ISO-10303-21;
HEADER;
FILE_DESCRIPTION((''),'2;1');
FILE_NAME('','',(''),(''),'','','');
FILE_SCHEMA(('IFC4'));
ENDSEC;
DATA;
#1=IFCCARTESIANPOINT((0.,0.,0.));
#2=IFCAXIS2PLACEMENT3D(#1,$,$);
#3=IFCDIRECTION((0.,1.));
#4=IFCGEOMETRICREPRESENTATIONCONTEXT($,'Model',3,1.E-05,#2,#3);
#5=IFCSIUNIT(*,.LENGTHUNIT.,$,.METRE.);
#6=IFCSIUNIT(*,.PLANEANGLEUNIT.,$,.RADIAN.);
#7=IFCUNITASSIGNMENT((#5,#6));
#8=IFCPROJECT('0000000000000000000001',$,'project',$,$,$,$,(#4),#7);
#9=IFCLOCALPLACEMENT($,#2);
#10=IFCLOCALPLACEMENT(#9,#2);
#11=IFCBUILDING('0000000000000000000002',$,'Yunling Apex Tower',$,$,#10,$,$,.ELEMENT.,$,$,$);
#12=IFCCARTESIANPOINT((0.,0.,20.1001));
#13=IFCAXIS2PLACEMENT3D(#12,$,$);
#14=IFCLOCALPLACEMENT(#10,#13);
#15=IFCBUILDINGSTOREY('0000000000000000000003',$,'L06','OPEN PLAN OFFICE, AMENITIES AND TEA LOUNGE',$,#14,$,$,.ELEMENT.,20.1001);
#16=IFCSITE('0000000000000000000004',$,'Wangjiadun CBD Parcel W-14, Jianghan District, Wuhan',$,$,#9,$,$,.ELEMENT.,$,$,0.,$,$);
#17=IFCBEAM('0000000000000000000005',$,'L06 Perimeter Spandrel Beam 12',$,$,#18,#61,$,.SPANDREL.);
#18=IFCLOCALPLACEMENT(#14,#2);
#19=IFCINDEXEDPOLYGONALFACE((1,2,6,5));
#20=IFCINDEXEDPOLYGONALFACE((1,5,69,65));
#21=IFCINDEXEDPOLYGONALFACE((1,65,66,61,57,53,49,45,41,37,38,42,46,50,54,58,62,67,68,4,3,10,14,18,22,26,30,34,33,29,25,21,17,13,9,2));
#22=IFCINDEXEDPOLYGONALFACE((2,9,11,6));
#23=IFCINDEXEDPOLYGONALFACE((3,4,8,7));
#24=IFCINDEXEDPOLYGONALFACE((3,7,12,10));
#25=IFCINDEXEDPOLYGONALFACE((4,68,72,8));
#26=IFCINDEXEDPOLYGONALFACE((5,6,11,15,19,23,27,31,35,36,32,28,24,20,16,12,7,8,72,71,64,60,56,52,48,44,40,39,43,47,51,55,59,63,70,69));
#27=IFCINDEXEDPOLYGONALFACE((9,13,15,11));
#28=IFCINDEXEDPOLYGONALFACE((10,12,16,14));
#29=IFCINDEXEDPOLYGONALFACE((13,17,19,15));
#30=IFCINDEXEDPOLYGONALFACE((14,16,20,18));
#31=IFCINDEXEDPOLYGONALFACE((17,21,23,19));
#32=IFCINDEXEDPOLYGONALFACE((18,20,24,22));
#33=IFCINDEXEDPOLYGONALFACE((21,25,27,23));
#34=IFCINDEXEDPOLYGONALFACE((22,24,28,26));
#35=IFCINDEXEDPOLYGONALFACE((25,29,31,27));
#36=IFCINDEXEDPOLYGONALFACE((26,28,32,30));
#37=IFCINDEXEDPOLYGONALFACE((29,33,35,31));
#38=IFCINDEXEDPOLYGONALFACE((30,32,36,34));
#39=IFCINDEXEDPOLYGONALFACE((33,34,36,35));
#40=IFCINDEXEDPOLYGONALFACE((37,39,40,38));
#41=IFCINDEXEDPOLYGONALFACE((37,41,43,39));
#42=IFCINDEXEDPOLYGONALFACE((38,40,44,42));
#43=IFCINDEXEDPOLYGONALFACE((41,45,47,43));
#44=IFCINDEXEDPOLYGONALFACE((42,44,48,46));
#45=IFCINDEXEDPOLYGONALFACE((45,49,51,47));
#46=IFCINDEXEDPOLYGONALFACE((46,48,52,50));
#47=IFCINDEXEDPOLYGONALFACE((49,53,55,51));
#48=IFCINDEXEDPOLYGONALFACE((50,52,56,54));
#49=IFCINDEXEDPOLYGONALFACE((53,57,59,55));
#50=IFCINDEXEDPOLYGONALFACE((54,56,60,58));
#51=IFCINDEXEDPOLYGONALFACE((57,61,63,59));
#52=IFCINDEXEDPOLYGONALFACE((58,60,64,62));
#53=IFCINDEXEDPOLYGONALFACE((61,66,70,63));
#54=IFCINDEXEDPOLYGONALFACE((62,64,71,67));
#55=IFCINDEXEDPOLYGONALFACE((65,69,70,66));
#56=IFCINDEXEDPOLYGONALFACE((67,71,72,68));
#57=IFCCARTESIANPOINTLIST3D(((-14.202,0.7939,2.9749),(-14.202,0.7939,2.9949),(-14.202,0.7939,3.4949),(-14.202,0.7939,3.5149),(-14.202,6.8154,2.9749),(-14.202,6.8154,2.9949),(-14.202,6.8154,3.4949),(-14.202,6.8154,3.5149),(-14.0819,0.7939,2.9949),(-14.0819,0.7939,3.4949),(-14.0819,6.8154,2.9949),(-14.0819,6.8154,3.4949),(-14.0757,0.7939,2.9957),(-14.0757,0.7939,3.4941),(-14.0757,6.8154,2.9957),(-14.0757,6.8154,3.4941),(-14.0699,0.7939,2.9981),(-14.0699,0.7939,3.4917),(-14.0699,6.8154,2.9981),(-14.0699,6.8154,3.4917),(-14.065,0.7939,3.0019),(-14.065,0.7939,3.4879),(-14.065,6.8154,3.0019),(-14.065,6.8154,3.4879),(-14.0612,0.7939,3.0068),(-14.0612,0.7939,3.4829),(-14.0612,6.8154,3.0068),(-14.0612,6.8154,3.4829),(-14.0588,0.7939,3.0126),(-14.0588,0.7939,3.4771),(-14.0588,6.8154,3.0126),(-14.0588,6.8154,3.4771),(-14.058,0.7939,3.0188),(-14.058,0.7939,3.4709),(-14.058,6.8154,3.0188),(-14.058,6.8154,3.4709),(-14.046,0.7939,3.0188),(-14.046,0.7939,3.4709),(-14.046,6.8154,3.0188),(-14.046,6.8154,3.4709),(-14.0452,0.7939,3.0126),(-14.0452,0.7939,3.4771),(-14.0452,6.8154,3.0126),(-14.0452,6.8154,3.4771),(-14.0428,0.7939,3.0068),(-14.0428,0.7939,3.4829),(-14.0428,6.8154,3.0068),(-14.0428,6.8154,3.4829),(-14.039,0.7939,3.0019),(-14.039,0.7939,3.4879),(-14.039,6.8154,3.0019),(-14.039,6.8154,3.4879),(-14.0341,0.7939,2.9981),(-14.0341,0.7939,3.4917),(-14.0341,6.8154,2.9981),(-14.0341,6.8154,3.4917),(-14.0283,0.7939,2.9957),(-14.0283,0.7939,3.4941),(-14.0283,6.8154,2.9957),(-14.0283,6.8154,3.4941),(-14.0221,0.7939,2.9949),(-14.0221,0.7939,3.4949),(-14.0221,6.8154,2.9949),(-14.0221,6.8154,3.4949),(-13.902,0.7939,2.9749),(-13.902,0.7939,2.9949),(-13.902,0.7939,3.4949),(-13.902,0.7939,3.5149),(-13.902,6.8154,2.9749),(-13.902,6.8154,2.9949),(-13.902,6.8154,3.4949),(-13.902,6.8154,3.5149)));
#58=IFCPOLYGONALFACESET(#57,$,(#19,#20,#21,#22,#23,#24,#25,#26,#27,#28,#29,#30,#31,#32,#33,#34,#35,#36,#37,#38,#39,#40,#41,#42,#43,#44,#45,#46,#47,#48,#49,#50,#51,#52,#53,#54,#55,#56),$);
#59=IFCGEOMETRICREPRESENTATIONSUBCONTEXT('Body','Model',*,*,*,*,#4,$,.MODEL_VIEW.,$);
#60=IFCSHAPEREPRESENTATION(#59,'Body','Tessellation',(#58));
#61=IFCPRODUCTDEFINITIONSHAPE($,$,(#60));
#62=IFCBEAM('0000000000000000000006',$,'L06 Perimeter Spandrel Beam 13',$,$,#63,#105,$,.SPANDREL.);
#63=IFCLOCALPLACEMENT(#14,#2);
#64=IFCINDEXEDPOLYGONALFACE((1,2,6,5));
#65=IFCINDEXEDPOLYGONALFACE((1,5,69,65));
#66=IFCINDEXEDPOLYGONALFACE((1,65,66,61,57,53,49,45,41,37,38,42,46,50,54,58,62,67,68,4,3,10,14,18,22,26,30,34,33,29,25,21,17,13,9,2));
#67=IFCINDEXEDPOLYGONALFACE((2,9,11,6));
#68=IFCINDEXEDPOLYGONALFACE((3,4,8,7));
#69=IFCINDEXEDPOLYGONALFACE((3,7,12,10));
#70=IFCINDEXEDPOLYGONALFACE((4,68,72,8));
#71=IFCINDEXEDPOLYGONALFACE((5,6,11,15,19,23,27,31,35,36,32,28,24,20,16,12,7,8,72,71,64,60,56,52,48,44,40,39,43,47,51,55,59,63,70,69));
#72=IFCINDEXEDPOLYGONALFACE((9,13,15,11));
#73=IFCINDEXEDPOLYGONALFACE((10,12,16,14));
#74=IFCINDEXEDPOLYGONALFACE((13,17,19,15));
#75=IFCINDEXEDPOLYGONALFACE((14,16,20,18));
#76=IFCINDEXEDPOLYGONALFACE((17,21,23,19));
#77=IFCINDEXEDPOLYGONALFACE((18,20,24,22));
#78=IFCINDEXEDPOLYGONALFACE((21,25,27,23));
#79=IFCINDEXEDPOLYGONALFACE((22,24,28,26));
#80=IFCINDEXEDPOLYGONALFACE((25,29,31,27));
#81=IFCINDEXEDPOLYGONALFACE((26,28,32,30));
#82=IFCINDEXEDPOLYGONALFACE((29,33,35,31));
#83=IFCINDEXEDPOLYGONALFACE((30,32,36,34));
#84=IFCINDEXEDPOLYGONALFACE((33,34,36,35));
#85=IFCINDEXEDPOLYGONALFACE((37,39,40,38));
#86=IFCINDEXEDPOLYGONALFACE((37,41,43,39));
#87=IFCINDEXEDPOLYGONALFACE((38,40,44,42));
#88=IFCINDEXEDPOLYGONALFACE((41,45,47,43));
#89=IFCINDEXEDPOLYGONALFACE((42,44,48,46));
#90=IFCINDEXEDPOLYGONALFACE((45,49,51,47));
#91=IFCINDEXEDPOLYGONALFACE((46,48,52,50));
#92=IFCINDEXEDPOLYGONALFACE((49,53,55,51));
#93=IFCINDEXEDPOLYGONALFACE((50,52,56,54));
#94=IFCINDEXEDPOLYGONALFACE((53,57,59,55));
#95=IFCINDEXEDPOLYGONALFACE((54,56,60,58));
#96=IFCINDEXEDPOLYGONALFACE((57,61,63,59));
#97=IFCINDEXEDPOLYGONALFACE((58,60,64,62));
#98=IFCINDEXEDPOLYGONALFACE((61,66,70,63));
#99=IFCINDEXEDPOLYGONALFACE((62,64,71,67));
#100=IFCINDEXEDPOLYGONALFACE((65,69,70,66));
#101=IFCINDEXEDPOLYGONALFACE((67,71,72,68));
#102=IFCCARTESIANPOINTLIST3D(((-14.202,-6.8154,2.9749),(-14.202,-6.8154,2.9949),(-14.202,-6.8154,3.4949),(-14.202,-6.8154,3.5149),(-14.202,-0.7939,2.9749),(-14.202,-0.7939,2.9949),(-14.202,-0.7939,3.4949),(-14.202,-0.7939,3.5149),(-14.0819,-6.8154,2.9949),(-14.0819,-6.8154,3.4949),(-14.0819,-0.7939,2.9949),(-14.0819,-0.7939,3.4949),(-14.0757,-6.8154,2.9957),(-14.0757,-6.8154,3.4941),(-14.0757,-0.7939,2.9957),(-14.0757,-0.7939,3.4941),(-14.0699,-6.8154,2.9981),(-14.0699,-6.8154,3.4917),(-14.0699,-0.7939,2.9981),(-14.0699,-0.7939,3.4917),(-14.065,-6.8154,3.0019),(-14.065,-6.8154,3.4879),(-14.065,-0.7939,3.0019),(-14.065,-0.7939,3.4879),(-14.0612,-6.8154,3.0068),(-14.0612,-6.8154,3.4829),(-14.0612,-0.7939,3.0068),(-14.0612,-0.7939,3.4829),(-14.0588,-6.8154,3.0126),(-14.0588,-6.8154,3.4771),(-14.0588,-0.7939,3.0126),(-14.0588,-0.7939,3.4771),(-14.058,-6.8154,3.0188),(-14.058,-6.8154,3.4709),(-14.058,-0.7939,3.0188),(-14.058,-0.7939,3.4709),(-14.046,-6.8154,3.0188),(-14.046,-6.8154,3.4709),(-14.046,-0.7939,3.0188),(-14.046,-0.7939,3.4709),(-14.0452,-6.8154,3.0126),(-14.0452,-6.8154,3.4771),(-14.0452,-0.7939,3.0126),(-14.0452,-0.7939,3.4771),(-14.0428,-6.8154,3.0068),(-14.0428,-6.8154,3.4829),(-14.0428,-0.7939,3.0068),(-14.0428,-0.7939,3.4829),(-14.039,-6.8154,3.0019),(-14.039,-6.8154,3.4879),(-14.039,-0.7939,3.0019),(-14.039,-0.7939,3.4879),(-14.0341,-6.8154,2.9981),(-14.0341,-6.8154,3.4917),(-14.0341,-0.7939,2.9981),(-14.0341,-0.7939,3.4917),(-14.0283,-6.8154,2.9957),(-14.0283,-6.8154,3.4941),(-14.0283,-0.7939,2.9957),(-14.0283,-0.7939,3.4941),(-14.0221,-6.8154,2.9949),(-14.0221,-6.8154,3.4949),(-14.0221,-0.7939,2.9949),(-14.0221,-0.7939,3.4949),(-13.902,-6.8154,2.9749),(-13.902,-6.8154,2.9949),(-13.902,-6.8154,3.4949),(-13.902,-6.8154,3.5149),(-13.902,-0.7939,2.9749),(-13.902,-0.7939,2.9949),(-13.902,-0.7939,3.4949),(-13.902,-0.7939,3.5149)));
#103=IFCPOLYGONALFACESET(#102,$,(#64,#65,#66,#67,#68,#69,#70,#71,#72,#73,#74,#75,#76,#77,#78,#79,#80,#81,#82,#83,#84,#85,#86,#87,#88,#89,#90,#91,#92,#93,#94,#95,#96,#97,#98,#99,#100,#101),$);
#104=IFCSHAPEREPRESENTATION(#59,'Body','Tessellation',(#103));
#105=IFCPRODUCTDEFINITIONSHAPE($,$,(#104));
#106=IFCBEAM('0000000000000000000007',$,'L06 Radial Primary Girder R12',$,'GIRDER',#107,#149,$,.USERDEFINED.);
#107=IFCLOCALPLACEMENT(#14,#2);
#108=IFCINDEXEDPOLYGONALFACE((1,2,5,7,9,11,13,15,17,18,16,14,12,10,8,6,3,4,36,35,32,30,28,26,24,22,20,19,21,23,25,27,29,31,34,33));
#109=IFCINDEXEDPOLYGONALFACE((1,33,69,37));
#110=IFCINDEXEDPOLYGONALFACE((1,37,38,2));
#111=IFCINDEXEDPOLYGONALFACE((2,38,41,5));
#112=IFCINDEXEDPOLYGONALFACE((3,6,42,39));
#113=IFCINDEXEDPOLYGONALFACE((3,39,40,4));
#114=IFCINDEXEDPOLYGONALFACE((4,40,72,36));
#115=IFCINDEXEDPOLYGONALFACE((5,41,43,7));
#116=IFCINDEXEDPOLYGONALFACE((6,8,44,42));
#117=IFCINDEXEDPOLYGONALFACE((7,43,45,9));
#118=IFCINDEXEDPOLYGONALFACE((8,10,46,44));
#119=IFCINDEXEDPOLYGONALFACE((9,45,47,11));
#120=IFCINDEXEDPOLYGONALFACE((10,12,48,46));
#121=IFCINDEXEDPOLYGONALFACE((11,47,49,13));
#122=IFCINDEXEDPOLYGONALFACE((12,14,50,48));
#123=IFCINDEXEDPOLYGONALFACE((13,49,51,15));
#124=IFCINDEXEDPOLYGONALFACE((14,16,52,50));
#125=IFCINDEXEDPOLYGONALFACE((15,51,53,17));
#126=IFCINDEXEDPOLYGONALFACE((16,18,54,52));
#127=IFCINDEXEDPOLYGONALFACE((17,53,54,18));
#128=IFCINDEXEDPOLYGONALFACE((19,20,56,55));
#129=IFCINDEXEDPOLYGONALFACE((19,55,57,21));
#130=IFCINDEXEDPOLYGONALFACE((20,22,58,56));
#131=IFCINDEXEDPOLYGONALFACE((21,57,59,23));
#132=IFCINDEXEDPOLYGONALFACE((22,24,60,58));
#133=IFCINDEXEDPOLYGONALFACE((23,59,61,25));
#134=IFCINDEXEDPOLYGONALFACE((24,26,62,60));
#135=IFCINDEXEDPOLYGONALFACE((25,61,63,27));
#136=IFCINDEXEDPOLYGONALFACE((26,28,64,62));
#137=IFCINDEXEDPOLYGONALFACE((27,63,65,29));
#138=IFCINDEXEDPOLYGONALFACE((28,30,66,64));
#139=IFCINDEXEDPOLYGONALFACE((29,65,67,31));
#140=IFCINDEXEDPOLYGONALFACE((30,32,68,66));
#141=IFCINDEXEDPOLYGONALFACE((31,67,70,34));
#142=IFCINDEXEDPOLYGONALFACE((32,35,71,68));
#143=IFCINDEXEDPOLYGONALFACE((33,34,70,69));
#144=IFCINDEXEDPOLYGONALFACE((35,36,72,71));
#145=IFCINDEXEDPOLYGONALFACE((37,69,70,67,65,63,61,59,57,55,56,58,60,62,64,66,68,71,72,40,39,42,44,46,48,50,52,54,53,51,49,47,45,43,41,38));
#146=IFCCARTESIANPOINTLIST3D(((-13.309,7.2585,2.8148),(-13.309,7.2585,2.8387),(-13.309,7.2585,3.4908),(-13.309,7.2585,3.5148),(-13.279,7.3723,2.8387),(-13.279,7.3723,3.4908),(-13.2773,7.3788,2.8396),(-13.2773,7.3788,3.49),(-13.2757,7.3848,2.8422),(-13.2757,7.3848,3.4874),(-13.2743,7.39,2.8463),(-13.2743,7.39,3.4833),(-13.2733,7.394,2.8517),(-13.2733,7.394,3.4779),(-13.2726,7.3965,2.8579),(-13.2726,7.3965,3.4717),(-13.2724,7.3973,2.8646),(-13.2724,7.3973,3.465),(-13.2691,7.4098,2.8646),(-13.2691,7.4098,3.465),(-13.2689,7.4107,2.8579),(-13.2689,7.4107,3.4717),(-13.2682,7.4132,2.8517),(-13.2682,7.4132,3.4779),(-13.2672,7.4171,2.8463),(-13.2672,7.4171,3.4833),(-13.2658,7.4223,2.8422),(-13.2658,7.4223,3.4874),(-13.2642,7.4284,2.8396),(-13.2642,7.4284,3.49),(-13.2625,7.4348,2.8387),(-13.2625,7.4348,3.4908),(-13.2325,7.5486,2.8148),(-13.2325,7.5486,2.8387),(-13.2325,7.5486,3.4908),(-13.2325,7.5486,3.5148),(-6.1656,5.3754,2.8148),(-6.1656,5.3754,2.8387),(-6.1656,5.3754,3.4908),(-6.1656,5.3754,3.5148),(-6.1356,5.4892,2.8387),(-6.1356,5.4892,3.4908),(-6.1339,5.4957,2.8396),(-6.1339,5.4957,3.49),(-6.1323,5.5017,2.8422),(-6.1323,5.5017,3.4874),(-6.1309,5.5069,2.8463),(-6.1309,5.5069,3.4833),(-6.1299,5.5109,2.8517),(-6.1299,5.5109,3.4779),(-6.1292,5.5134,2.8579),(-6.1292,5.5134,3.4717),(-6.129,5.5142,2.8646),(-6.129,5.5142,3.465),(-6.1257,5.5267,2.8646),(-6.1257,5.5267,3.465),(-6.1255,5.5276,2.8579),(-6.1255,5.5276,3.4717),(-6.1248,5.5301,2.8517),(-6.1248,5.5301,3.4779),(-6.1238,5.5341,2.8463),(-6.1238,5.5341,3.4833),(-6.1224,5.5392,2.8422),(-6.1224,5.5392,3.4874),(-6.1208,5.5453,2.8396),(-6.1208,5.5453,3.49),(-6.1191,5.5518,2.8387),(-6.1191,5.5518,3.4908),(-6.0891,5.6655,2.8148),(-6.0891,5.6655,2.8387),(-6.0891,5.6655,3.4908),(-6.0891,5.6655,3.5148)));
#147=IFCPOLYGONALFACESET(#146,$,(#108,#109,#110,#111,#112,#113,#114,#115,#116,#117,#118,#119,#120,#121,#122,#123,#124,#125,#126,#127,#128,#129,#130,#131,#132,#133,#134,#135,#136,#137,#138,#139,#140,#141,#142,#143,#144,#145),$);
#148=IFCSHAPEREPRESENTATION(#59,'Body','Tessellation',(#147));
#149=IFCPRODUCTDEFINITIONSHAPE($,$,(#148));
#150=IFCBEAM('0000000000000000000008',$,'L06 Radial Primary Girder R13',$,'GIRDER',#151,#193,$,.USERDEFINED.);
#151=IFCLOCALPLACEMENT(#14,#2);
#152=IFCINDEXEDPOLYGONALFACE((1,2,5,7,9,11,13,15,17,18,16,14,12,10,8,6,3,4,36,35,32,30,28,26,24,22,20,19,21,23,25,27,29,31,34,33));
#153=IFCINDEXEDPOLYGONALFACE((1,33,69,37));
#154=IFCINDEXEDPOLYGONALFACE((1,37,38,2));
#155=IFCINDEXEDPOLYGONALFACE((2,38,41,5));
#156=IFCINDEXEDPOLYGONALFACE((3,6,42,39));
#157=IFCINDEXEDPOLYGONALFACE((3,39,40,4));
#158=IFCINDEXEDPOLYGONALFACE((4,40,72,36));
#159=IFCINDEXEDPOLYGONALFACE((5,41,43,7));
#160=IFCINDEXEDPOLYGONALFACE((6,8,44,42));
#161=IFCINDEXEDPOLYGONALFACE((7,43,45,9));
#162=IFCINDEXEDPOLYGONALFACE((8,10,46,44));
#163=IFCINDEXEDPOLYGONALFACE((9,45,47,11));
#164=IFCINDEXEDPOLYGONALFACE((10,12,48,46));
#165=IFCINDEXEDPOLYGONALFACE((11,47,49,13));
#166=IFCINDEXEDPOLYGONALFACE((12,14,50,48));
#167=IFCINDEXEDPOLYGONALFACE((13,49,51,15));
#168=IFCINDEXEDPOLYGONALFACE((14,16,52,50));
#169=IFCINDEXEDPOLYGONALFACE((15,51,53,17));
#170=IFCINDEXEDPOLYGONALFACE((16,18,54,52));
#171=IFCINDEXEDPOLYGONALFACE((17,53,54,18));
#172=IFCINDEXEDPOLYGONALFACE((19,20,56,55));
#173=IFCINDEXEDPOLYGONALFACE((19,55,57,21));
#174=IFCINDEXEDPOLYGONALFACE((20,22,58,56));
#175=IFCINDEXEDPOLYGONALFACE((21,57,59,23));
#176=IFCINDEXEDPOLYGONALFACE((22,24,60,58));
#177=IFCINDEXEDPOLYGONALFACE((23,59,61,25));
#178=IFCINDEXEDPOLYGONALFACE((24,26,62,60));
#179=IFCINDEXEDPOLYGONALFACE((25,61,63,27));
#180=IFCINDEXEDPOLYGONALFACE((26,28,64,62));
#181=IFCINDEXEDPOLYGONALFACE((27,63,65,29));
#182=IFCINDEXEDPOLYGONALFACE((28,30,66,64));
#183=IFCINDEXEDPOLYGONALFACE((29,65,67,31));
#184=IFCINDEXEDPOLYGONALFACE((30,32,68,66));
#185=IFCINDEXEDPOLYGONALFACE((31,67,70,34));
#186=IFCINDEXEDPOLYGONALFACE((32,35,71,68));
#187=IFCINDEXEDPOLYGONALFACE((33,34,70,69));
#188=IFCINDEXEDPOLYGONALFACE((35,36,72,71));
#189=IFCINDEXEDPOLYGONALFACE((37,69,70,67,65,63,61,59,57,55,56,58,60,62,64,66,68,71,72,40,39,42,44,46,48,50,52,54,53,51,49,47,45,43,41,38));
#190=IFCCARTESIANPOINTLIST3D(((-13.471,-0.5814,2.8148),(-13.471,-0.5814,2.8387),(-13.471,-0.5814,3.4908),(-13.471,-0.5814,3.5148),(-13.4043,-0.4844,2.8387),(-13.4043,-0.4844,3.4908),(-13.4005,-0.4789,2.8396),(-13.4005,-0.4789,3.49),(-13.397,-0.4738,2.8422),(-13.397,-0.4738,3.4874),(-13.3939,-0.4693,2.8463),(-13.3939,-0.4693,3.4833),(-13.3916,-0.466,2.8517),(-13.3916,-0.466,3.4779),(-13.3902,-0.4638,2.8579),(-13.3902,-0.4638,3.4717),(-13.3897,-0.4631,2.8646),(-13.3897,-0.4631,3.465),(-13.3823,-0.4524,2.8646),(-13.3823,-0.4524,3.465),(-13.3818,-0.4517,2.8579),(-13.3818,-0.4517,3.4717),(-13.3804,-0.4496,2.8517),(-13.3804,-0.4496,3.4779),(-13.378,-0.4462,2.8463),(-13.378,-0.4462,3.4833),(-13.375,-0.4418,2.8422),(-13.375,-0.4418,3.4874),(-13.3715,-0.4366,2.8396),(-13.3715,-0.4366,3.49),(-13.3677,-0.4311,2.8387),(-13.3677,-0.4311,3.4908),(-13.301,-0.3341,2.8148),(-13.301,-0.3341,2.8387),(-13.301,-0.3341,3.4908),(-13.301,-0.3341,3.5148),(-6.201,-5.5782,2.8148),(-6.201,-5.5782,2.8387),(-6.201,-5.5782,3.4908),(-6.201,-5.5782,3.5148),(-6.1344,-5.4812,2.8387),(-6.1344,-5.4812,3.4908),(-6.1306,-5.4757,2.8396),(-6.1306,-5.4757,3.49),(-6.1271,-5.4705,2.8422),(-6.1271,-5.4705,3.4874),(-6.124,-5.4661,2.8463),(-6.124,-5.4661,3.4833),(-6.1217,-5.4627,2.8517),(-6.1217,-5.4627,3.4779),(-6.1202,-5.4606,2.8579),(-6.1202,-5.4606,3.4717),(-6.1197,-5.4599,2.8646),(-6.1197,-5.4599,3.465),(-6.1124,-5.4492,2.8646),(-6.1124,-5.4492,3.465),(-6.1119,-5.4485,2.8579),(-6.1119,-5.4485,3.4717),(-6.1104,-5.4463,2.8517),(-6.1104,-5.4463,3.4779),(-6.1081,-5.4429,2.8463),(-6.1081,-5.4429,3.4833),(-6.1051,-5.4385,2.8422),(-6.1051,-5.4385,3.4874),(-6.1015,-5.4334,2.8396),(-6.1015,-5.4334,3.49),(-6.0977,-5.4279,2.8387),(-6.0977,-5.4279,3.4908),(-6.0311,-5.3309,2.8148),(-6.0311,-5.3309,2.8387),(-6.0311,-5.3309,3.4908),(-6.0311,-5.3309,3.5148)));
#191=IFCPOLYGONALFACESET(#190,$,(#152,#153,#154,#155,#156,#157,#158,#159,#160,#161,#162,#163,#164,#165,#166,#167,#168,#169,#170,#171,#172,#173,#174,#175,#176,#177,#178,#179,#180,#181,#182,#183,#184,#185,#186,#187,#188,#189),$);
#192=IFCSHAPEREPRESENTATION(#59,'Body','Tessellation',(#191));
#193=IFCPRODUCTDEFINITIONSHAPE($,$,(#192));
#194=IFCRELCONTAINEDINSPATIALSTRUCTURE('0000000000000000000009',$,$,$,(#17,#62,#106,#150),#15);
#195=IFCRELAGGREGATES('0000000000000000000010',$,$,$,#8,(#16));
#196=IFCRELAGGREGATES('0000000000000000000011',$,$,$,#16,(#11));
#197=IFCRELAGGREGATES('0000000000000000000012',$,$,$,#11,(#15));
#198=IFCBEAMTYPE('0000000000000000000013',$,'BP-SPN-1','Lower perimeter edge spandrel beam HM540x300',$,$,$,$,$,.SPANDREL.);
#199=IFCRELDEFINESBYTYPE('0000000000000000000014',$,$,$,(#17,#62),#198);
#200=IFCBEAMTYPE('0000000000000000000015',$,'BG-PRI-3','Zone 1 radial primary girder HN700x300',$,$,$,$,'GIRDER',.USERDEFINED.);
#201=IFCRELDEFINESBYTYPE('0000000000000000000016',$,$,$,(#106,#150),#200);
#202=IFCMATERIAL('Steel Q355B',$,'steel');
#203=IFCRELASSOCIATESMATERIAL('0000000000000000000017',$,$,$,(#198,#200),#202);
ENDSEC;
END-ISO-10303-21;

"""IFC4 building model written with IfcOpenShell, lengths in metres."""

from ifc_helpers import new_model, si_unit, direction, frame, origin, origin_2d, place, context, subcontext, project, spatial, i_section, extrude, source, transform, mapped, material, material_profile, profile_set, type_object, element, save


model = new_model("IFC4")

# Units and contexts
model_context = context("Model", 3, precision=1e-05, world=origin(), true_north=direction((0.0, 1.0)))
body_context = subcontext(model_context, "Body", "Model", "MODEL_VIEW")
ifc_project = project(units=[si_unit("LENGTHUNIT", "METRE"), si_unit("PLANEANGLEUNIT", "RADIAN")], contexts=[model_context])

# Site, building, storey
site_placement = place(None, origin())
site = spatial("IfcSite", under=ifc_project, at=site_placement, Name="Wangjiadun CBD Parcel W-14, Jianghan District, Wuhan", CompositionType="ELEMENT", RefElevation=0.0)
building_placement = place(site_placement, origin())
building = spatial("IfcBuilding", under=site, at=building_placement, Name="Yunling Apex Tower", CompositionType="ELEMENT")
storey_placement = place(building_placement, frame((0.0, 0.0, 20.1001)))
storey = spatial("IfcBuildingStorey", under=building, at=storey_placement, Name="L06", Description="OPEN PLAN OFFICE, AMENITIES AND TEA LOUNGE", CompositionType="ELEMENT", Elevation=20.1001)

# Beams
ifc_material_1 = material(Name="Steel Q355B", Category="steel")
ifc_material_profile_1 = material_profile(ifc_material_1, i_section(OverallWidth=0.3, OverallDepth=0.54, WebThickness=0.012, FlangeThickness=0.02, FilletRadius=0.0239, at=origin_2d()))
ifc_profile_set_1 = profile_set([ifc_material_profile_1], Name="Steel Q355B")
beam_type_1 = type_object("IfcBeamType", Name="BP-SPN-1", Description="Lower perimeter edge spandrel beam HM540x300", PredefinedType="SPANDREL", material=ifc_profile_set_1)
shared_shape_1 = source(origin(), body_context, "Body", "SweptSolid", [
    extrude(i_section(OverallWidth=0.3, OverallDepth=0.54, WebThickness=0.012, FlangeThickness=0.02, FilletRadius=0.0239, at=origin_2d()), origin(), (0.0, 0.0, 1.0), 6.0215),
])
for number, where, z_axis, x_axis, name in (
    (1, (-14.052, 6.8154, 3.2449), (0.0, -1.0, 0.0), (1.0, 0.0, 0.0), "L06 Perimeter Spandrel Beam 12"),
    (2, (-14.052, -0.7939, 3.2449), (0.0, -1.0, 0.0), (1.0, 0.0, 0.0), "L06 Perimeter Spandrel Beam 13"),
):
    element("IfcBeam", number, at=place(storey_placement, frame(where, z_axis=z_axis, x_axis=x_axis)), inside=storey, type_object=beam_type_1, Name=name, PredefinedType="SPANDREL", context=body_context, shape_type="MappedRepresentation", body=[
        mapped(shared_shape_1, transform((0.0, 0.0, 0.0), scale=1.0)),
    ])
ifc_material_profile_2 = material_profile(ifc_material_1, i_section(OverallWidth=0.3, OverallDepth=0.7, WebThickness=0.0129, FlangeThickness=0.0239, FilletRadius=0.0259, at=origin_2d()))
ifc_profile_set_2 = profile_set([ifc_material_profile_2], Name="Steel Q355B")
beam_type_2 = type_object("IfcBeamType", Name="BG-PRI-3", Description="Zone 1 radial primary girder HN700x300", ElementType="GIRDER", PredefinedType="USERDEFINED", material=ifc_profile_set_2)
shared_shape_2 = source(origin(), body_context, "Body", "SweptSolid", [
    extrude(i_section(OverallWidth=0.3, OverallDepth=0.7, WebThickness=0.0129, FlangeThickness=0.0239, FilletRadius=0.0259, at=origin_2d()), origin(), (0.0, 0.0, 1.0), 7.3875),
])
beam_1_placement = place(storey_placement, frame((-13.2708, 7.4036, 3.1648), z_axis=(0.966967, -0.254903, 0.0), x_axis=(0.254903, 0.966967, 0.0)))
element("IfcBeam", 3, at=beam_1_placement, inside=storey, type_object=beam_type_2, Name="L06 Radial Primary Girder R12", ObjectType="GIRDER", PredefinedType="USERDEFINED", context=body_context, shape_type="MappedRepresentation", body=[
    mapped(shared_shape_2, transform((0.0, 0.0, 0.0), scale=1.0)),
])
shared_shape_3 = source(origin(), body_context, "Body", "SweptSolid", [
    extrude(i_section(OverallWidth=0.3, OverallDepth=0.7, WebThickness=0.0129, FlangeThickness=0.0239, FilletRadius=0.0259, at=origin_2d()), origin(), (0.0, 0.0, 1.0), 8.8215),
])
beam_2_placement = place(storey_placement, frame((-13.386, -0.4578, 3.1648), z_axis=(0.824111, -0.566428, 0.0), x_axis=(0.566428, 0.824111, 0.0)))
element("IfcBeam", 4, at=beam_2_placement, inside=storey, type_object=beam_type_2, Name="L06 Radial Primary Girder R13", ObjectType="GIRDER", PredefinedType="USERDEFINED", context=body_context, shape_type="MappedRepresentation", body=[
    mapped(shared_shape_3, transform((0.0, 0.0, 0.0), scale=1.0)),
])

save(model, "model.ifc")
